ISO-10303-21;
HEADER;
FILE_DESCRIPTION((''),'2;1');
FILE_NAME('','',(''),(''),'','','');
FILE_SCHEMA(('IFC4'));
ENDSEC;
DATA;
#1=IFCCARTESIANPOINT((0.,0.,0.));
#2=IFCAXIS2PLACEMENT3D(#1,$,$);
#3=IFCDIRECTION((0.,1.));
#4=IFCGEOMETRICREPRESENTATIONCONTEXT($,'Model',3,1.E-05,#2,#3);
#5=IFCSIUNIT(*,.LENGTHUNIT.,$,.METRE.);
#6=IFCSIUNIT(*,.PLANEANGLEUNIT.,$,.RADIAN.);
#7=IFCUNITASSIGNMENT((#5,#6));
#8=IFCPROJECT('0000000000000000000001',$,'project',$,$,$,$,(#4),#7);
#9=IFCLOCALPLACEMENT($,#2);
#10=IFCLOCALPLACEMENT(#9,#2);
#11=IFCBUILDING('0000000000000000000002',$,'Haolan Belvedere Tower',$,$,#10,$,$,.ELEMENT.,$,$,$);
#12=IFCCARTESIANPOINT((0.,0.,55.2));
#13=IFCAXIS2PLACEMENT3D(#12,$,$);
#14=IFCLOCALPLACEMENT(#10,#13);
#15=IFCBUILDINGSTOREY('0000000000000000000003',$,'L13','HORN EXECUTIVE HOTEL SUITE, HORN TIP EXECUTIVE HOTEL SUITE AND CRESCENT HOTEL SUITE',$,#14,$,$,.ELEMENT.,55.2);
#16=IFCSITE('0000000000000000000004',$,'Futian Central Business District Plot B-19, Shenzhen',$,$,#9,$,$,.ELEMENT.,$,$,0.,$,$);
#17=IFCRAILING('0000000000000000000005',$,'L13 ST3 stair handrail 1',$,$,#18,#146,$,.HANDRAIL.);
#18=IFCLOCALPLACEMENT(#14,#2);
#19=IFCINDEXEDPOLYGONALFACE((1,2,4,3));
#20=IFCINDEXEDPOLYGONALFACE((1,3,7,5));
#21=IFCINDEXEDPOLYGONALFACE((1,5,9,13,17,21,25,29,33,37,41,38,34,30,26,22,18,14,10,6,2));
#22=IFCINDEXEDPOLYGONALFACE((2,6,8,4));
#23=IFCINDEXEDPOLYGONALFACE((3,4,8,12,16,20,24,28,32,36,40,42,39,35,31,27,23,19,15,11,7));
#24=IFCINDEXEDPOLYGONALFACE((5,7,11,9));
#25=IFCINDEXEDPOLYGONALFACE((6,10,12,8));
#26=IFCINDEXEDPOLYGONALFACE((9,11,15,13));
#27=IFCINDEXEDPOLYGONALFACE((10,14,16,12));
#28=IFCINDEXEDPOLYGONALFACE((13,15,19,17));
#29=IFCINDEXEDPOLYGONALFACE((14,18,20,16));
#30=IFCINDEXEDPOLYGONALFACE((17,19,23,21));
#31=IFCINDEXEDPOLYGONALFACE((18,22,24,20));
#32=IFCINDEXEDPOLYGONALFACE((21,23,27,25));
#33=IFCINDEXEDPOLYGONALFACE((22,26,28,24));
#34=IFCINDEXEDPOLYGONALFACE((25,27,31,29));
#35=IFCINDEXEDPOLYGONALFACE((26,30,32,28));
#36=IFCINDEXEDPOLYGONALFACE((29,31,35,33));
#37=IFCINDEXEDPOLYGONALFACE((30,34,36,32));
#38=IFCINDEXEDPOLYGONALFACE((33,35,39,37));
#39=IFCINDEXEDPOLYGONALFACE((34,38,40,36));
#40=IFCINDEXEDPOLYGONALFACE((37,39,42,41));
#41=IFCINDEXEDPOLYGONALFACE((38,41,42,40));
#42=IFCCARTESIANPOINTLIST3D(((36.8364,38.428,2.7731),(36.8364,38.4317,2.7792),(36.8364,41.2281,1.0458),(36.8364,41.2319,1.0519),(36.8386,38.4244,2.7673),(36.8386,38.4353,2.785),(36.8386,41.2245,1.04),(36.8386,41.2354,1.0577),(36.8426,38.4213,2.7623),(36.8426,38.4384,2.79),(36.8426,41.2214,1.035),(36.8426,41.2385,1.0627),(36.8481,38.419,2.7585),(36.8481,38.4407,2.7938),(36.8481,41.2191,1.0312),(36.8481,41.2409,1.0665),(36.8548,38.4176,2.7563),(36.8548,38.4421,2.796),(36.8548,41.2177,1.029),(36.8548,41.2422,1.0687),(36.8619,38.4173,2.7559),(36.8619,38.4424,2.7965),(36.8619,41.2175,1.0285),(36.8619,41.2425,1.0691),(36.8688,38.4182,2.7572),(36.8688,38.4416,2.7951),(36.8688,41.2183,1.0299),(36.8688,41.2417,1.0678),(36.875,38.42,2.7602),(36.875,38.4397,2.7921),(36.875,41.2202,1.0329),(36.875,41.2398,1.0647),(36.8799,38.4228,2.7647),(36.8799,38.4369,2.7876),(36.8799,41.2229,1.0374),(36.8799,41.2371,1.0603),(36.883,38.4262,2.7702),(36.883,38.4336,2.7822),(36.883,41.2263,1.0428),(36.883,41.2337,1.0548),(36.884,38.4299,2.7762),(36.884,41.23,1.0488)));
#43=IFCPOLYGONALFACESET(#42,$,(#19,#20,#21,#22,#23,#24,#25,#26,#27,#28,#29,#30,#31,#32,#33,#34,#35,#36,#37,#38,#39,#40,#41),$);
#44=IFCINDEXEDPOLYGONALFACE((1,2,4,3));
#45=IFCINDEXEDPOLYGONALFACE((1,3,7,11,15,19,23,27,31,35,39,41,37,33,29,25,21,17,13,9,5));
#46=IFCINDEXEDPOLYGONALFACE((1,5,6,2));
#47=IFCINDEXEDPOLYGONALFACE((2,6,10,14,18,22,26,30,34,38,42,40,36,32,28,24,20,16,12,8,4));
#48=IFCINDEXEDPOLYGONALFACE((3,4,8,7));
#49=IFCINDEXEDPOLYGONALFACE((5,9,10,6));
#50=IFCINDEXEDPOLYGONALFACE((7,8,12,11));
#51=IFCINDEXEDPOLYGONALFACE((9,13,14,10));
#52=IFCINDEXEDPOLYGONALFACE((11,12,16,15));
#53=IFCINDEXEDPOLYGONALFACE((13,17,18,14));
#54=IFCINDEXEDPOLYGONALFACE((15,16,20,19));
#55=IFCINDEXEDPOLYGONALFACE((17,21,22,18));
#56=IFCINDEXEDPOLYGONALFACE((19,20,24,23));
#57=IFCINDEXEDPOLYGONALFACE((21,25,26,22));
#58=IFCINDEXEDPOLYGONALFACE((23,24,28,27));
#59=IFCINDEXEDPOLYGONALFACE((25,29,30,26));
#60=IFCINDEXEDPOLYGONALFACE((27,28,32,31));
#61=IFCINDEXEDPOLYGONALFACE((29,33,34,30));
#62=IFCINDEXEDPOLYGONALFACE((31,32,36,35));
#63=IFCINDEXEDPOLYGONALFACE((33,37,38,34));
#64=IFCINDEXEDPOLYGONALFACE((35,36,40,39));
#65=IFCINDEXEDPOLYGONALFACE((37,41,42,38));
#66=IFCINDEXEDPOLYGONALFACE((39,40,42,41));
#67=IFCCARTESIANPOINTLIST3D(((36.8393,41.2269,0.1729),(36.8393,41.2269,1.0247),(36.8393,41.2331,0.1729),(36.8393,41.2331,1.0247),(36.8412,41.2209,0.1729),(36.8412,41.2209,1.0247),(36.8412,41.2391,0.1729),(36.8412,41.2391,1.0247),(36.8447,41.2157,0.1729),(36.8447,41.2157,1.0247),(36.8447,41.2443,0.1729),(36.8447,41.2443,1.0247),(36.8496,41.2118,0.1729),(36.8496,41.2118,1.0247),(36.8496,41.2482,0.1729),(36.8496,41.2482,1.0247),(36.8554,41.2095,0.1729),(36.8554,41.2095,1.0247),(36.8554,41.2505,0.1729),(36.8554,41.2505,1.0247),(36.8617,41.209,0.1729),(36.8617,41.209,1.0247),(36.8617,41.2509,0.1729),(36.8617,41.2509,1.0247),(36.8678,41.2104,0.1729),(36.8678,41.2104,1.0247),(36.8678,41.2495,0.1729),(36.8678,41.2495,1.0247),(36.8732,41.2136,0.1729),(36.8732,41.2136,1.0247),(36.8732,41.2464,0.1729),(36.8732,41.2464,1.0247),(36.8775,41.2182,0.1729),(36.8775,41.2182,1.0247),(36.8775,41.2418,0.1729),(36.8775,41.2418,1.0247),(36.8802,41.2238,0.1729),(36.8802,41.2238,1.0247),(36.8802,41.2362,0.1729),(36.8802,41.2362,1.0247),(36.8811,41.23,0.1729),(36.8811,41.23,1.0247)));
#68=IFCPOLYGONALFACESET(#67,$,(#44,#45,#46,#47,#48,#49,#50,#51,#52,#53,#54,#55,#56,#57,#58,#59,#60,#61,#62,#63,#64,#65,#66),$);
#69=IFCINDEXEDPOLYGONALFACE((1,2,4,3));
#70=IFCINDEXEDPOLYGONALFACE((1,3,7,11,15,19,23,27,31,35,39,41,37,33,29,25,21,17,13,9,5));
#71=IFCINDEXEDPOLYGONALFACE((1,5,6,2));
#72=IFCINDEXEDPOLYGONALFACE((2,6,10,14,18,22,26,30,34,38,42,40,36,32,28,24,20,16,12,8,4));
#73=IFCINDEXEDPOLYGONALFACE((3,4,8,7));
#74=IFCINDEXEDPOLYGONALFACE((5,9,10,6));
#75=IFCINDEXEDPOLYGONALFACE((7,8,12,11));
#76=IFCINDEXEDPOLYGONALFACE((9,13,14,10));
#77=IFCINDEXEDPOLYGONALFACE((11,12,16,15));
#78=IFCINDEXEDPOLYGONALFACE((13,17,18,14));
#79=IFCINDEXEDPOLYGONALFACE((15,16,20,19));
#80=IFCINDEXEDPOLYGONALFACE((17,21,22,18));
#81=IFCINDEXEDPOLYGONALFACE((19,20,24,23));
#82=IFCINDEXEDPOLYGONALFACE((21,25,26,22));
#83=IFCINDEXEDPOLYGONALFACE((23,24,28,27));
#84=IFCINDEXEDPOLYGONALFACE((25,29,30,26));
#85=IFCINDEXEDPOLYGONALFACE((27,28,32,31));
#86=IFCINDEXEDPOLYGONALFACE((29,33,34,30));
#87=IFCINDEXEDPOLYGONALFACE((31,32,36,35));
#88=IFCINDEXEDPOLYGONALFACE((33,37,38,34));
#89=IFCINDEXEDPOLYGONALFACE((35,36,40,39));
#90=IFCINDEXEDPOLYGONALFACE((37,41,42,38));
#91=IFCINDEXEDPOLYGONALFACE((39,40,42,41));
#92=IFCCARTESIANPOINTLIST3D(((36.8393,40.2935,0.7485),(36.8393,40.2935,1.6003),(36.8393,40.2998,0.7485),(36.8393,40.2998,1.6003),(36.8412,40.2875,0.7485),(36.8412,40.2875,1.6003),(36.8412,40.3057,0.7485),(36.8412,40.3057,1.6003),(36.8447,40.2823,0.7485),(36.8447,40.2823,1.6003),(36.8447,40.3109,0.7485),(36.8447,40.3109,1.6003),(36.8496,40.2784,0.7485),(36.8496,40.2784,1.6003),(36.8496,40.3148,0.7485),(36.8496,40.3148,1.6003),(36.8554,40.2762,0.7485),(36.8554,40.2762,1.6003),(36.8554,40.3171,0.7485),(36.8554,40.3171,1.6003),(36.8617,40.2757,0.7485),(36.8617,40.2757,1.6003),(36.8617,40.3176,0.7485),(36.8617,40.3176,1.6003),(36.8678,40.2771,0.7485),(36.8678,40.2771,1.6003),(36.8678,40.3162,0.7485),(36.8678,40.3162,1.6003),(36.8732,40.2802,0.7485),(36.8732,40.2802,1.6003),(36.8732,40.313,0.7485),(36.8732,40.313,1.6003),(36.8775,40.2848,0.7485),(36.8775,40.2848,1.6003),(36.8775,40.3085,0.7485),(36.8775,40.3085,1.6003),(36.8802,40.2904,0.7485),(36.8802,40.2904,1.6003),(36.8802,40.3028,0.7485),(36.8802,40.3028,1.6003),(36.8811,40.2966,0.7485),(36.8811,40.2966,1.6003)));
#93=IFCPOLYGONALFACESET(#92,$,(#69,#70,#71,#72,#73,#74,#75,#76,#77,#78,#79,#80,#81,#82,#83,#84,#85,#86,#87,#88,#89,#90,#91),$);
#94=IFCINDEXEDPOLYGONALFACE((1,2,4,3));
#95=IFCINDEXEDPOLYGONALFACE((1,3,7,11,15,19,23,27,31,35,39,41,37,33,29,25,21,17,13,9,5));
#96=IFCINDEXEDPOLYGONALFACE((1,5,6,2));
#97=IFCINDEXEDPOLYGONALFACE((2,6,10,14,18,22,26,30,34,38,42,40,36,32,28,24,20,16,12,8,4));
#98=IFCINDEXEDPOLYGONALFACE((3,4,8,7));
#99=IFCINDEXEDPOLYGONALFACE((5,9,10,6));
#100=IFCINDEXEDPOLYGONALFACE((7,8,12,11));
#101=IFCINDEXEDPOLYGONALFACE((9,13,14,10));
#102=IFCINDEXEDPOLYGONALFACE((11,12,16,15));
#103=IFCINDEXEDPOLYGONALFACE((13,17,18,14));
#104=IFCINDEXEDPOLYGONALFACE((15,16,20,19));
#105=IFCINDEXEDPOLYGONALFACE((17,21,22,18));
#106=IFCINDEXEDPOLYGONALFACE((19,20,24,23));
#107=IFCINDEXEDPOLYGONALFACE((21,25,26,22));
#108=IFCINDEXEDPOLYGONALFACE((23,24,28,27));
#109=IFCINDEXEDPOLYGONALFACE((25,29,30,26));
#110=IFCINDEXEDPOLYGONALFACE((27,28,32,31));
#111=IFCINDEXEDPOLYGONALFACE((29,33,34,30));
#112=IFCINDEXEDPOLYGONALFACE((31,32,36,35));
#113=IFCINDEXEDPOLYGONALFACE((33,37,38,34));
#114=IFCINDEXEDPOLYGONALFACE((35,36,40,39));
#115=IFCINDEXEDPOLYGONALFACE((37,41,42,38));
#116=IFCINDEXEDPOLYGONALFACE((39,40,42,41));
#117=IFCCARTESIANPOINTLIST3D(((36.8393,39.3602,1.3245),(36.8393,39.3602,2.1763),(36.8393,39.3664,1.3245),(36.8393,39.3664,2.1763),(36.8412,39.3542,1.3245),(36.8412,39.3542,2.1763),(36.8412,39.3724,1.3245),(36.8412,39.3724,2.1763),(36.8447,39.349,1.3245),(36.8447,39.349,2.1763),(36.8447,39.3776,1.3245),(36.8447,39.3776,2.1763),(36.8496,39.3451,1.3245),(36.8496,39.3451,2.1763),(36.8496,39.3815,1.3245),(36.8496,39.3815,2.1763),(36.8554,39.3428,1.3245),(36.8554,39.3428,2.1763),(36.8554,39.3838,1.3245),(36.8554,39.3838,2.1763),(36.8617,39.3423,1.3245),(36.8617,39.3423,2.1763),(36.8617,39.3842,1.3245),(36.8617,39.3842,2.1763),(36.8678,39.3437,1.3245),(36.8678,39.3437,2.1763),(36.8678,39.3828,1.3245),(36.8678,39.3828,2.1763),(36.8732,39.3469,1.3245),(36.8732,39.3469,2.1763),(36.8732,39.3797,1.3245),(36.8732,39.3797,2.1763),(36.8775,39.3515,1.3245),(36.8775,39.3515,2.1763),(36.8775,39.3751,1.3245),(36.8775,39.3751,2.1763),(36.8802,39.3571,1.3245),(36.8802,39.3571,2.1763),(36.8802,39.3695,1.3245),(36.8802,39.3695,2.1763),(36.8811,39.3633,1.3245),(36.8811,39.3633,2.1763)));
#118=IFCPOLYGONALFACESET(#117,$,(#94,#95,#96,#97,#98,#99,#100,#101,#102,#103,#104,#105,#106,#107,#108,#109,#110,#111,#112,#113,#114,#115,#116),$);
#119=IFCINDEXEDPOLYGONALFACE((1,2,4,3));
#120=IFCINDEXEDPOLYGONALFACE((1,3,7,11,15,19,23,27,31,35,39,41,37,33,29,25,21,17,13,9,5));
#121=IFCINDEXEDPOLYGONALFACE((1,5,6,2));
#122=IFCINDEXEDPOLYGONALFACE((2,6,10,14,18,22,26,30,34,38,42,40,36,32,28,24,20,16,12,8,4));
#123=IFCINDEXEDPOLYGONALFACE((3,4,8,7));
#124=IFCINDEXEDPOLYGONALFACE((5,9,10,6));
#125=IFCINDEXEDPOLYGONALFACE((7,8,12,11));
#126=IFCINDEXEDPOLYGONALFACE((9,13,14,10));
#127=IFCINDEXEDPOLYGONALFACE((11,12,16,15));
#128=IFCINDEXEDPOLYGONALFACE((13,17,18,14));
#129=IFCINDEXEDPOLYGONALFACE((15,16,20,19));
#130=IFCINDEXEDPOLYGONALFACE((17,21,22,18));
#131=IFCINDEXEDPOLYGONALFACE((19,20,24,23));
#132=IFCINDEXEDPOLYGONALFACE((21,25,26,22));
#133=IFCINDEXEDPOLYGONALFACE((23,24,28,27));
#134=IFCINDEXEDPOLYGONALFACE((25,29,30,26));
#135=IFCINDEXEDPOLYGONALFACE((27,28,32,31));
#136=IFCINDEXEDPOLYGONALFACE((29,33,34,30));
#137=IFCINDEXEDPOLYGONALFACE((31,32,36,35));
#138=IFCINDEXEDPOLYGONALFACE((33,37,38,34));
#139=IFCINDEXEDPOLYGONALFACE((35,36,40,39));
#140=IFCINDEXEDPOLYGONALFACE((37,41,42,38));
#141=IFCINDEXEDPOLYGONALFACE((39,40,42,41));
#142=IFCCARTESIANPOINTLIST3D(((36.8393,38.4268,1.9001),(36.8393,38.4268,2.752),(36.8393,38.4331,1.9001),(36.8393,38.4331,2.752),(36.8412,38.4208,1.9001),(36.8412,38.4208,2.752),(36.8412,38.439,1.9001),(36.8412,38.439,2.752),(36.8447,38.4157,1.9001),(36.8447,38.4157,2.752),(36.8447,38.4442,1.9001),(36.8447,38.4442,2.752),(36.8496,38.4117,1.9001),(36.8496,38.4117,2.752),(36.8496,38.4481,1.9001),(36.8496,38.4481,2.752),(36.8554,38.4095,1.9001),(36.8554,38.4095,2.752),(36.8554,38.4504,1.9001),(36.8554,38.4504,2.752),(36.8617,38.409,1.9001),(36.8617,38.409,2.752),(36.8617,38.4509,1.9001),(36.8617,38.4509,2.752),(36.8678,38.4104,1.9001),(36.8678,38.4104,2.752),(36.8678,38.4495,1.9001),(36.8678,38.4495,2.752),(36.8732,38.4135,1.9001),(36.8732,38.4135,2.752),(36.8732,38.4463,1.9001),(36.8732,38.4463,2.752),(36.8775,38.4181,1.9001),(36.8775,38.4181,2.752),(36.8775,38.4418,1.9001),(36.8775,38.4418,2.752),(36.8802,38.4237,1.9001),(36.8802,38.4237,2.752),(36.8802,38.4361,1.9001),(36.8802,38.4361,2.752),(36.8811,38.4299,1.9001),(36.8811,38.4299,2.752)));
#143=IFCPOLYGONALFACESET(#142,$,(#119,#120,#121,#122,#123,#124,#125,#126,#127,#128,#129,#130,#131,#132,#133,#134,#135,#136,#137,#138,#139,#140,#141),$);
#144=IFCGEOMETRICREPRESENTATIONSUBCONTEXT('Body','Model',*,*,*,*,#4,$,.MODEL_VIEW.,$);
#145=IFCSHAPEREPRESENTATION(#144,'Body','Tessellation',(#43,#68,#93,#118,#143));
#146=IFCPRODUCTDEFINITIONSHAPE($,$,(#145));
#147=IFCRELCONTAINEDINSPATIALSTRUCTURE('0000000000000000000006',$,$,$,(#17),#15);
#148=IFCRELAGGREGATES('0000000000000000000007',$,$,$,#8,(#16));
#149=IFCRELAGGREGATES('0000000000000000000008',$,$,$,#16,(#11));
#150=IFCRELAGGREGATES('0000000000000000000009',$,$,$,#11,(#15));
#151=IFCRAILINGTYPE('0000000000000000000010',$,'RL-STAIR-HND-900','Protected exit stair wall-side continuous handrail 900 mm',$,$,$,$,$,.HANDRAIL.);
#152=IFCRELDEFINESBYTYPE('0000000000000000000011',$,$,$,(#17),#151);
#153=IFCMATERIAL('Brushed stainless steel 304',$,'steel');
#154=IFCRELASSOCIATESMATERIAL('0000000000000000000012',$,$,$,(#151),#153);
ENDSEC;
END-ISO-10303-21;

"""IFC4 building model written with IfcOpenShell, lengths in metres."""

from ifc_helpers import new_model, si_unit, direction, frame, origin, origin_2d, place, context, subcontext, project, spatial, circle, extrude, material, type_object, element, save


model = new_model("IFC4")

# Units and contexts
model_context = context("Model", 3, precision=1e-05, world=origin(), true_north=direction((0.0, 1.0)))
body_context = subcontext(model_context, "Body", "Model", "MODEL_VIEW")
ifc_project = project(units=[si_unit("LENGTHUNIT", "METRE"), si_unit("PLANEANGLEUNIT", "RADIAN")], contexts=[model_context])

# Site, building, storey
site_placement = place(None, origin())
site = spatial("IfcSite", under=ifc_project, at=site_placement, Name="Futian Central Business District Plot B-19, Shenzhen", CompositionType="ELEMENT", RefElevation=0.0)
building_placement = place(site_placement, origin())
building = spatial("IfcBuilding", under=site, at=building_placement, Name="Haolan Belvedere Tower", CompositionType="ELEMENT")
storey_placement = place(building_placement, frame((0.0, 0.0, 55.2)))
storey = spatial("IfcBuildingStorey", under=building, at=storey_placement, Name="L13", Description="HORN EXECUTIVE HOTEL SUITE, HORN TIP EXECUTIVE HOTEL SUITE AND CRESCENT HOTEL SUITE", CompositionType="ELEMENT", Elevation=55.2)

# Railing
ifc_material_1 = material(Name="Brushed stainless steel 304", Category="steel")
railing_type_1 = type_object("IfcRailingType", Name="RL-STAIR-HND-900", Description="Protected exit stair wall-side continuous handrail 900 mm", PredefinedType="HANDRAIL", material=ifc_material_1)
railing_1_placement = place(storey_placement, frame((36.8601, 41.23, 0.1729)))
element("IfcRailing", 1, at=railing_1_placement, inside=storey, type_object=railing_type_1, Name="L13 ST3 stair handrail 1", PredefinedType="HANDRAIL", context=body_context, shape_type="SweptSolid", body=[
    extrude(circle(Radius=0.0239, at=origin_2d()), frame((0.0, 0.0, 0.876), z_axis=(0.0, -0.85109, 0.52502), x_axis=(1.0, 0.0, 0.0)), (0.0, 0.0, 1.0), 3.29),
    extrude(circle(Radius=0.021, at=origin_2d()), origin(), (0.0, 0.0, 1.0), 0.8518),
    extrude(circle(Radius=0.021, at=origin_2d()), frame((0.0, -0.9333, 0.5757)), (0.0, 0.0, 1.0), 0.8518),
    extrude(circle(Radius=0.021, at=origin_2d()), frame((0.0, -1.8667, 1.1516)), (0.0, 0.0, 1.0), 0.8518),
    extrude(circle(Radius=0.021, at=origin_2d()), frame((0.0, -2.8, 1.7273)), (0.0, 0.0, 1.0), 0.8518),
])

save(model, "model.ifc")
